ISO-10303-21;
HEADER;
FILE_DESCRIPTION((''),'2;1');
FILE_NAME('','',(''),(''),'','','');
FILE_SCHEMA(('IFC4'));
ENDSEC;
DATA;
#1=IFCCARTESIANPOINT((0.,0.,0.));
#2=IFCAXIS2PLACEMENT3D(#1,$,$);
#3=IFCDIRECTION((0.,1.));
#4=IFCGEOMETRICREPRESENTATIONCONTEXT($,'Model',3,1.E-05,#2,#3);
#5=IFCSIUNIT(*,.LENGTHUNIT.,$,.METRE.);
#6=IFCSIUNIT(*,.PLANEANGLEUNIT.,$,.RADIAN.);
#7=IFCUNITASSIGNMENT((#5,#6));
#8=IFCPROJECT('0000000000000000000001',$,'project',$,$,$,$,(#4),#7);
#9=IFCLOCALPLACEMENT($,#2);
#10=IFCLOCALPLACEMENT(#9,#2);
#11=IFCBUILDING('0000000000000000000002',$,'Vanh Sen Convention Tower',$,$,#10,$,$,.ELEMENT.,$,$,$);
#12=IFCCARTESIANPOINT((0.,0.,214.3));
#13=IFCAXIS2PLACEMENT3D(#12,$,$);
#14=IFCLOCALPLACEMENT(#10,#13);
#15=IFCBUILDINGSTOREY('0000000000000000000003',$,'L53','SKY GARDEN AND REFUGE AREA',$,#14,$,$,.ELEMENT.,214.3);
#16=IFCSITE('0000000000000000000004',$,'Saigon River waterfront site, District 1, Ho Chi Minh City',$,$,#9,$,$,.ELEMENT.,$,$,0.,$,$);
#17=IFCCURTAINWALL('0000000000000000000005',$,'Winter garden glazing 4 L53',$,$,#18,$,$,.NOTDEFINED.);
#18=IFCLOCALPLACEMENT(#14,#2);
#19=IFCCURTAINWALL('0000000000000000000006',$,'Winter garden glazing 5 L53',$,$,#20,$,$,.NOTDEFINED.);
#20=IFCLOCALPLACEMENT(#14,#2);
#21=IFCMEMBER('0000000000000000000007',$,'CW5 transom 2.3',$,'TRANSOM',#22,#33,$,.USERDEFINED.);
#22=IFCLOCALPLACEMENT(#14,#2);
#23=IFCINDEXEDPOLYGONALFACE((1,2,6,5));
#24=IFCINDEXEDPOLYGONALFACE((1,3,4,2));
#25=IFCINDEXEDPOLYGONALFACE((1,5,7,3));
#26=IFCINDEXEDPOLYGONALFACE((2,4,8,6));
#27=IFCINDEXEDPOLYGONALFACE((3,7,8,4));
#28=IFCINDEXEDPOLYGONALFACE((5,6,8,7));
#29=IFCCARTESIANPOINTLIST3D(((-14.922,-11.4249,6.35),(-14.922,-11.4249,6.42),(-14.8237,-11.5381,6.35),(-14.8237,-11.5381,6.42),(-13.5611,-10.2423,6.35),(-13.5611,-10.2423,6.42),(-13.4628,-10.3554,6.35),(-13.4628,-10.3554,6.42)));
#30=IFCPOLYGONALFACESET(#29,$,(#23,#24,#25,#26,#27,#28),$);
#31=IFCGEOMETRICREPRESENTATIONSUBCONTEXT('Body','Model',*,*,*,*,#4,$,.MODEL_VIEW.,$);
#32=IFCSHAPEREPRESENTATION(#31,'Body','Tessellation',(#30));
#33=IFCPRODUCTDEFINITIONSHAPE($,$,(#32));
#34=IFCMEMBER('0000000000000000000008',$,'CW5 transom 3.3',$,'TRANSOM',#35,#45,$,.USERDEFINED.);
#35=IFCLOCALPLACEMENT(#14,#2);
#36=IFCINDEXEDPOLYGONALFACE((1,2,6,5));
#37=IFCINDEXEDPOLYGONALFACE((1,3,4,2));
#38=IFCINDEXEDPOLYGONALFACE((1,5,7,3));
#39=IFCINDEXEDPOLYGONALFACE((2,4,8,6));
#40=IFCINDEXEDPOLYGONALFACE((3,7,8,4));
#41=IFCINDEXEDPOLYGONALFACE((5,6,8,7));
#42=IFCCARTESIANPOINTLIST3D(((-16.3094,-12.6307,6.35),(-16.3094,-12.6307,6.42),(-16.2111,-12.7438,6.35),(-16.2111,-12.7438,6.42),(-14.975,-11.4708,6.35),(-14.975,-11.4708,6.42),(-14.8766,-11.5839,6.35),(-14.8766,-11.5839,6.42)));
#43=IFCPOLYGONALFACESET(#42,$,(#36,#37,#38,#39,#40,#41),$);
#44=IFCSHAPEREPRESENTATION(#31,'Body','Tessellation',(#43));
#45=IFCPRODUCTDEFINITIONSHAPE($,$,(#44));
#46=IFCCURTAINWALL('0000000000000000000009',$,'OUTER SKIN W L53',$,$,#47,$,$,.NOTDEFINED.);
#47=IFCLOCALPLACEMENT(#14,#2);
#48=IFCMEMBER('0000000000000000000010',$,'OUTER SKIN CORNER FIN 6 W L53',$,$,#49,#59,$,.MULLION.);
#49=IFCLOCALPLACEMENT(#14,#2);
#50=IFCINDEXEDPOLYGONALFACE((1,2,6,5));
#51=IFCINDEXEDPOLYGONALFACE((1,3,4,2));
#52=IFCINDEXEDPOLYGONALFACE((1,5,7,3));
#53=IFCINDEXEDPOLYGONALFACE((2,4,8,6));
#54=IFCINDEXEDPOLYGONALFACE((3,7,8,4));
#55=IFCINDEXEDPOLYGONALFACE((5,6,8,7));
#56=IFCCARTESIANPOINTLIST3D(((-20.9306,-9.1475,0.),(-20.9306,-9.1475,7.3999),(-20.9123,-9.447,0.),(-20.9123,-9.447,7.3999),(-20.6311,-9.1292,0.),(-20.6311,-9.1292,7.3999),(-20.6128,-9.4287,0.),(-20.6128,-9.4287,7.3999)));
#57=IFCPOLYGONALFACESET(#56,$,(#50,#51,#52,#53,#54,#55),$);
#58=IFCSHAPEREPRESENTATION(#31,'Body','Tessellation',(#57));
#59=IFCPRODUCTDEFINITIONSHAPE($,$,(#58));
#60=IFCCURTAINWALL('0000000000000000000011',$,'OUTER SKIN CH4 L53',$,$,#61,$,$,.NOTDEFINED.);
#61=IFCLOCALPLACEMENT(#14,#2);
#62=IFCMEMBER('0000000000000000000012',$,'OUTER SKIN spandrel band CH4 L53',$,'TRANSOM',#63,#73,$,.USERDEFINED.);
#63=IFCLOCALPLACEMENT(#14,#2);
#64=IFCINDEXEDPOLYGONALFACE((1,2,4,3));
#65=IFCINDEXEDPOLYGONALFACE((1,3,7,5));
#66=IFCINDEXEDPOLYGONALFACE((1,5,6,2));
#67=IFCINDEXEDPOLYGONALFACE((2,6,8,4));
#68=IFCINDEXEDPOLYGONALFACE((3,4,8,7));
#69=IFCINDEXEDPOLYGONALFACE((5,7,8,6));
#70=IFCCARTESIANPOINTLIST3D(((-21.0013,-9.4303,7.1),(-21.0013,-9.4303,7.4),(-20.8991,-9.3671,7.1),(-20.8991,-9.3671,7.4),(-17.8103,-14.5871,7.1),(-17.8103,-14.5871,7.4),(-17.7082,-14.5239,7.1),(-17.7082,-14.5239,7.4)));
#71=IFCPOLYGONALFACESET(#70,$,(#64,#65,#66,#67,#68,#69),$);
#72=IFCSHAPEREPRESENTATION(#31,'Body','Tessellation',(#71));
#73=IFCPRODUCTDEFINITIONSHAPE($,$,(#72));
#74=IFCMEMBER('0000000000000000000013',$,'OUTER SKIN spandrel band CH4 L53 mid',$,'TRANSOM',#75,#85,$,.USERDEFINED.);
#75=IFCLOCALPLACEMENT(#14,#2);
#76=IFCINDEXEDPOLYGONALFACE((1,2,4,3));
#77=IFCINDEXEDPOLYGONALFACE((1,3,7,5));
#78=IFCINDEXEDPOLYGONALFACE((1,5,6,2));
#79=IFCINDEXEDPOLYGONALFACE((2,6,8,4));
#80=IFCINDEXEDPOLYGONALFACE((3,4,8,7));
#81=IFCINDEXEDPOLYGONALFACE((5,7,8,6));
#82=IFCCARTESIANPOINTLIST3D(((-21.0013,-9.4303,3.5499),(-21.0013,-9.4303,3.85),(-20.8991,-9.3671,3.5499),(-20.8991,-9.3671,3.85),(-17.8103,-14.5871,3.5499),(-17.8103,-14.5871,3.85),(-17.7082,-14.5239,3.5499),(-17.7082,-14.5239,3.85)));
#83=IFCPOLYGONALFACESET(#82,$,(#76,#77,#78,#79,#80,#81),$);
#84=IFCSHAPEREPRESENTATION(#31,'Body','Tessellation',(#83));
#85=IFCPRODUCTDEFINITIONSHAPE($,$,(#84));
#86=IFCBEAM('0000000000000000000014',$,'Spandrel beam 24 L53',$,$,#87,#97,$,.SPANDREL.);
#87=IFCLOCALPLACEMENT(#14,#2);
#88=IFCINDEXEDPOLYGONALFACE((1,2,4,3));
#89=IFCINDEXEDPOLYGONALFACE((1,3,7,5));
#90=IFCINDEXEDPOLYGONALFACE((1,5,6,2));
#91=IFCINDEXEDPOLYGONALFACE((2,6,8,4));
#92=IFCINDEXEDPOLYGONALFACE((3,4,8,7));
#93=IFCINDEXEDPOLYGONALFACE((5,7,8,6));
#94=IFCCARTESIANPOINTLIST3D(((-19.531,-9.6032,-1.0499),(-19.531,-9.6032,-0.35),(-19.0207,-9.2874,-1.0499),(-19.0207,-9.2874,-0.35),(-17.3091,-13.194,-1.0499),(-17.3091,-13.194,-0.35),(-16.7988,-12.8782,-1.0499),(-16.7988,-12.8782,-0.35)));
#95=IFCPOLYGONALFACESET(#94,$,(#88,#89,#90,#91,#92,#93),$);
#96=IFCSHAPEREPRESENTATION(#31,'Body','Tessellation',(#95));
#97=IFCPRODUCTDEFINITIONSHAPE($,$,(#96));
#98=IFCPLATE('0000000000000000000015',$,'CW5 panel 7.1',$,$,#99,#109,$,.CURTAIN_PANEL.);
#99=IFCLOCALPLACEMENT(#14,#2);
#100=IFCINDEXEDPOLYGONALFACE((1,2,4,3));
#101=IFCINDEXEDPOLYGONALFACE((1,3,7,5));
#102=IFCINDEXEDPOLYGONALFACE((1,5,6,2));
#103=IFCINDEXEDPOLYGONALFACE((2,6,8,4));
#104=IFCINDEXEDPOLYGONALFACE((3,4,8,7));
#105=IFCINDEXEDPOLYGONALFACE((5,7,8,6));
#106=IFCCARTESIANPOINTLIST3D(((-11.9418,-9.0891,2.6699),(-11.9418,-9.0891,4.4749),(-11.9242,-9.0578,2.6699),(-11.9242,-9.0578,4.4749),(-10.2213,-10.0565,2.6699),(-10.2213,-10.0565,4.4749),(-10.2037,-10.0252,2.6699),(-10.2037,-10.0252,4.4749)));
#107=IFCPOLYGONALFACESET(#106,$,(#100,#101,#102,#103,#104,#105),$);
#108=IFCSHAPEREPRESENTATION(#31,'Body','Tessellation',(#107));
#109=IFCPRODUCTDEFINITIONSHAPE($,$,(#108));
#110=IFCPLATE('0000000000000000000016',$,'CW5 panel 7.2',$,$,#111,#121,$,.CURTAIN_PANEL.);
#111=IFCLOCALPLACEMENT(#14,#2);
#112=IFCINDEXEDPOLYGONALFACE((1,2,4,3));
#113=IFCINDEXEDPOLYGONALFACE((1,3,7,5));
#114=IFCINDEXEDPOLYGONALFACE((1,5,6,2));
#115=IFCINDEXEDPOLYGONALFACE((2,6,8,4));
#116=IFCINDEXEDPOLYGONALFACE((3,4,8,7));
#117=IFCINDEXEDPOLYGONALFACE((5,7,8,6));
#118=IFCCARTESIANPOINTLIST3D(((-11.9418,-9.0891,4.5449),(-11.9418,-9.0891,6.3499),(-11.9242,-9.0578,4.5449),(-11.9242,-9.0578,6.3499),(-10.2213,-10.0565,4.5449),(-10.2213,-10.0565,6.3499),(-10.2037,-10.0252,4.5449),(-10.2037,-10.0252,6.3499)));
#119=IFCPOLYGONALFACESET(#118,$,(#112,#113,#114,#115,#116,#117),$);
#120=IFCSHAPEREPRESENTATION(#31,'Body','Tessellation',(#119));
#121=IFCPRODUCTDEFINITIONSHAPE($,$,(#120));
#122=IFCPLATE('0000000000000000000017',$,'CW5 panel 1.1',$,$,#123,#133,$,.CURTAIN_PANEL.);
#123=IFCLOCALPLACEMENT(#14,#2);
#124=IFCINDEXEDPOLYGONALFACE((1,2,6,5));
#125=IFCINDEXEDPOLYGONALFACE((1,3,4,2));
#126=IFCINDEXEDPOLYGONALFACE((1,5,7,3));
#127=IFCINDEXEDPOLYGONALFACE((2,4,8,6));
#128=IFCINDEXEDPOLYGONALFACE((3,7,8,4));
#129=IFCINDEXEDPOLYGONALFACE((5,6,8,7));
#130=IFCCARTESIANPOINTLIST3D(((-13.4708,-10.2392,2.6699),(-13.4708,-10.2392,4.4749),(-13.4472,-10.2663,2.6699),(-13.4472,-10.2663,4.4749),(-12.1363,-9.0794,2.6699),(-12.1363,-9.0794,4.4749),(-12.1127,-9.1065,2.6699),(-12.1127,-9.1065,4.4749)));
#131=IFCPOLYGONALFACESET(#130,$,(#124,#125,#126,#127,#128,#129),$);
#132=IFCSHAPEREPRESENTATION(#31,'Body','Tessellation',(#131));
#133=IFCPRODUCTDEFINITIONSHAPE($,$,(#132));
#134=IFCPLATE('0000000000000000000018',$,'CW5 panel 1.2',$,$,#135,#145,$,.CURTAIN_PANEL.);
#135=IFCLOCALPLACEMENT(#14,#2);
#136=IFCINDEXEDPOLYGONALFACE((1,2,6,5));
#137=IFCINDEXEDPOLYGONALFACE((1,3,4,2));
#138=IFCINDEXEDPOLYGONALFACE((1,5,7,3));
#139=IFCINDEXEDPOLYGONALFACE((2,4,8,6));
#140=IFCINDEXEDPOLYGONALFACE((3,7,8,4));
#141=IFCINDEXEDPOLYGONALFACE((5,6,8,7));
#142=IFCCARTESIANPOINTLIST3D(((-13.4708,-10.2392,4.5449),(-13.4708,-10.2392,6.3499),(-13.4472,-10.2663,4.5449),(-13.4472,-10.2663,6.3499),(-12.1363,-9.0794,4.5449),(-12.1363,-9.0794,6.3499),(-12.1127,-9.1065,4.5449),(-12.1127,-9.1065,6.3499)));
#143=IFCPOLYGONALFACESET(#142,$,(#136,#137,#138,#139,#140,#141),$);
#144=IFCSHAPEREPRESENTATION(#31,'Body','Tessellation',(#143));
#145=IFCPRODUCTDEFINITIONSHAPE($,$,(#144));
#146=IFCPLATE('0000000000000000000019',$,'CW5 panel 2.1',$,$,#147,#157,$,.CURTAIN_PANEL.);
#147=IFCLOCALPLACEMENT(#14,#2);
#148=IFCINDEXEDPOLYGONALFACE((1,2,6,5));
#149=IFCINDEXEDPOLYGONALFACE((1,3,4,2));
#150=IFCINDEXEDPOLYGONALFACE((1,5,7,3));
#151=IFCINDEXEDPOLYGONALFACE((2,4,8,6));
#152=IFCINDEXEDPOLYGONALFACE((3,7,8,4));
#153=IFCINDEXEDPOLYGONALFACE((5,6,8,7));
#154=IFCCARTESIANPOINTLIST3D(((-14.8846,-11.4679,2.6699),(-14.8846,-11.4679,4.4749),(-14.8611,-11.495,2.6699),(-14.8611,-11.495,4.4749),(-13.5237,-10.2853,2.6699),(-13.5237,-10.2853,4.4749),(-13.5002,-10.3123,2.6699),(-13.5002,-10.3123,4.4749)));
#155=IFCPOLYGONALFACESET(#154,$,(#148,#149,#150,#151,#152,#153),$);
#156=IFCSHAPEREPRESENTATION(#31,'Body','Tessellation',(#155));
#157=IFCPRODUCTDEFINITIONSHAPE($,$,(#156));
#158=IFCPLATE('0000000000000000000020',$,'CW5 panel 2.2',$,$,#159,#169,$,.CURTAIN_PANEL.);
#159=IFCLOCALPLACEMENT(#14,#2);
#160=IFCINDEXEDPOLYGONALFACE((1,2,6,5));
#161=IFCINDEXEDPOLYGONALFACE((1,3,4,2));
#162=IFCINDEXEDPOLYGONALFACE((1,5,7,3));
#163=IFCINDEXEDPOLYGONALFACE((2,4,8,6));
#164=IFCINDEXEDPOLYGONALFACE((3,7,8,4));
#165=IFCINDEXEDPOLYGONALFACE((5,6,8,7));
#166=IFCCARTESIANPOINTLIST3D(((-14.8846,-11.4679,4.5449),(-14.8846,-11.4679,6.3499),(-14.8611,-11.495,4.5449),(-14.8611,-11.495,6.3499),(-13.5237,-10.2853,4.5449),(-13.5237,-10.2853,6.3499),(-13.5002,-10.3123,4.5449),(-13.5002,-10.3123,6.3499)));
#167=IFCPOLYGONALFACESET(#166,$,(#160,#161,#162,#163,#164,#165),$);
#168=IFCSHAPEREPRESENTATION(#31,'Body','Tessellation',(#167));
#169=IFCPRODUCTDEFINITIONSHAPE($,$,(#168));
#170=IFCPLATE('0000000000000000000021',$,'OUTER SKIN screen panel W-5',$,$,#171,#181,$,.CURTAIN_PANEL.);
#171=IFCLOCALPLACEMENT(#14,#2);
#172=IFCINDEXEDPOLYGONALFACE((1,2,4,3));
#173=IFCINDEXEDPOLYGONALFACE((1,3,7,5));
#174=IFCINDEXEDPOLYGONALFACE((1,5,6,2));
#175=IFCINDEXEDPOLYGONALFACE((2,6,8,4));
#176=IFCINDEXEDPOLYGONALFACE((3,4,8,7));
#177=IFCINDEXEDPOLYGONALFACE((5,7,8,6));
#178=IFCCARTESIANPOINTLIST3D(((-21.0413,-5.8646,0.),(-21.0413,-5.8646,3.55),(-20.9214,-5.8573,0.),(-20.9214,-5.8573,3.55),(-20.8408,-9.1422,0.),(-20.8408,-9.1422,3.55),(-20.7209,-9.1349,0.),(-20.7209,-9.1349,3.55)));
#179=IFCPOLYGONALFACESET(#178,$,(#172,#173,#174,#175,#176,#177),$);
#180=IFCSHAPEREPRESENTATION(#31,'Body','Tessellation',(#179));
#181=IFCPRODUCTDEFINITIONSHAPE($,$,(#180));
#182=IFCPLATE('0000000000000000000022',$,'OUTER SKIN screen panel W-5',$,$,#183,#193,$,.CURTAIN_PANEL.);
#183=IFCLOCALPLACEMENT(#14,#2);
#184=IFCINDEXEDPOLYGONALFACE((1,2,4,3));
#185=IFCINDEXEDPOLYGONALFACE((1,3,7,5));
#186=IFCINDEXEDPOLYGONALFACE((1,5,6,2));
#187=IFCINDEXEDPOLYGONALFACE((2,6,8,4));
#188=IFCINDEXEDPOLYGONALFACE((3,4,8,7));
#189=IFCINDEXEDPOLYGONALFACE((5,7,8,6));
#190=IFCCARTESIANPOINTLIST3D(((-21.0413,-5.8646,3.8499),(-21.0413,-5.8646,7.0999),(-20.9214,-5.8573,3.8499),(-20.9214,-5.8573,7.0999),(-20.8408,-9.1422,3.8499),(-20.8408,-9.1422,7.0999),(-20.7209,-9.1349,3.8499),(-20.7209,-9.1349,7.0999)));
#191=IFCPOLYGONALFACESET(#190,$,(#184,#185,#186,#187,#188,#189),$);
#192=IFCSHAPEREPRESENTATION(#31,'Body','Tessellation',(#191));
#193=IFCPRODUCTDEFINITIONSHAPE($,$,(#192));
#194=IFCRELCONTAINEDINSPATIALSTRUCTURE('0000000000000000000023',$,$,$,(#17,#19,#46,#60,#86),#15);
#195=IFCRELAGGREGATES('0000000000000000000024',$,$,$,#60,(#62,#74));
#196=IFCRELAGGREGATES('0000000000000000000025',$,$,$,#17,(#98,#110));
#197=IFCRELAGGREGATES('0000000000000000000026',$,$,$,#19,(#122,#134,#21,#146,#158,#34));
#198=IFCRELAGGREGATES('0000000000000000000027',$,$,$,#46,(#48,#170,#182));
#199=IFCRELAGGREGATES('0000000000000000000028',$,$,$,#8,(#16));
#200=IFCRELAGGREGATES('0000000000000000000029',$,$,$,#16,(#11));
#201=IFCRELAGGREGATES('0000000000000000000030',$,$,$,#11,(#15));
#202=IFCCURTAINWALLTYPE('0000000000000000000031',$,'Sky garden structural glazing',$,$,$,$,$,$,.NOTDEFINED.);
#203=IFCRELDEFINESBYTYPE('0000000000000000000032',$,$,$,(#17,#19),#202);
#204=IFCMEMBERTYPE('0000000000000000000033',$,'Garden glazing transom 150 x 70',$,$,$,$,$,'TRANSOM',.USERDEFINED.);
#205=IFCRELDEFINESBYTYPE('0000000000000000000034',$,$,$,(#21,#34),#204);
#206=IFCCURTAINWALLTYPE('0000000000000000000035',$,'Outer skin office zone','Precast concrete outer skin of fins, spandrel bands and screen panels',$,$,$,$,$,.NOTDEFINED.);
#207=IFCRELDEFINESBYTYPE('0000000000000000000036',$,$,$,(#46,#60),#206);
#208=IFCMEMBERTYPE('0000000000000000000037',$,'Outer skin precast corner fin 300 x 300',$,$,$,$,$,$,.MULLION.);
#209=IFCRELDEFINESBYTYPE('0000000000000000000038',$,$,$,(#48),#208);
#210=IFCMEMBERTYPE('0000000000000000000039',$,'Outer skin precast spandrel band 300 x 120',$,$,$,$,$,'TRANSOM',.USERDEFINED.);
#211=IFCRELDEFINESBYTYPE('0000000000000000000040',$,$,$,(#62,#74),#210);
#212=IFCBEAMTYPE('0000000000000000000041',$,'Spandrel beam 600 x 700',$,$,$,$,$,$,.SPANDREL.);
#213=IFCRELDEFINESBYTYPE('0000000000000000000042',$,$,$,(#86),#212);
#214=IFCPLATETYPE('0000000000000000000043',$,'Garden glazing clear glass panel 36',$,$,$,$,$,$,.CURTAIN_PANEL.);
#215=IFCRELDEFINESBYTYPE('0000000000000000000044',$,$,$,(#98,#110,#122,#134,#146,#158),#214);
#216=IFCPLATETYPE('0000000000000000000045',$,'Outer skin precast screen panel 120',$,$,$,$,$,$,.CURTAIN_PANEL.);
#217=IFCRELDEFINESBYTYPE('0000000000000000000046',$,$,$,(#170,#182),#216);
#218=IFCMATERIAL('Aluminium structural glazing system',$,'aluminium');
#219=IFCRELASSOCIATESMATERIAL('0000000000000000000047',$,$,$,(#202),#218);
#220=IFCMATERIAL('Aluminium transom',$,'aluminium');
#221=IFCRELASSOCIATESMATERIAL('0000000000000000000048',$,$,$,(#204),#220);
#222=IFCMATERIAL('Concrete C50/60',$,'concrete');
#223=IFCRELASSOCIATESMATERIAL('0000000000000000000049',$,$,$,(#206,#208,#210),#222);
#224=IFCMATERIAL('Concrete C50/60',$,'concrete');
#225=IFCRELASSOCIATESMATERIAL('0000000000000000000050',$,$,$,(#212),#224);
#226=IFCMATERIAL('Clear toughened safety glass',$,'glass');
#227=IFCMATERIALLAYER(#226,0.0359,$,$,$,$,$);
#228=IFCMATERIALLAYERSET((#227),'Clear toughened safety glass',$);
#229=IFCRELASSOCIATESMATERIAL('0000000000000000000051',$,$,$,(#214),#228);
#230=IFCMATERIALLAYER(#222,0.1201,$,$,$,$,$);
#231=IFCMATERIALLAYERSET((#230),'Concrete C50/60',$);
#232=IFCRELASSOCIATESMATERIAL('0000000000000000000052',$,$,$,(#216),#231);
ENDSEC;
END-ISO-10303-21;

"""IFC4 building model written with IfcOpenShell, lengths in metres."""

from ifc_helpers import new_model, si_unit, direction, frame, origin, origin_2d, place, context, subcontext, project, spatial, rectangle, extrude, material, layer, layer_set, material_profile, profile_set, type_object, element, aggregate, save


model = new_model("IFC4")

# Units and contexts
model_context = context("Model", 3, precision=1e-05, world=origin(), true_north=direction((0.0, 1.0)))
body_context = subcontext(model_context, "Body", "Model", "MODEL_VIEW")
ifc_project = project(units=[si_unit("LENGTHUNIT", "METRE"), si_unit("PLANEANGLEUNIT", "RADIAN")], contexts=[model_context])

# Site, building, storey
site_placement = place(None, origin())
site = spatial("IfcSite", under=ifc_project, at=site_placement, Name="Saigon River waterfront site, District 1, Ho Chi Minh City", CompositionType="ELEMENT", RefElevation=0.0)
building_placement = place(site_placement, origin())
building = spatial("IfcBuilding", under=site, at=building_placement, Name="Vanh Sen Convention Tower", CompositionType="ELEMENT")
storey_placement = place(building_placement, frame((0.0, 0.0, 214.3)))
storey = spatial("IfcBuildingStorey", under=building, at=storey_placement, Name="L53", Description="SKY GARDEN AND REFUGE AREA", CompositionType="ELEMENT", Elevation=214.3)

# Curtain walls
ifc_material_1 = material(Name="Aluminium structural glazing system", Category="aluminium")
curtain_wall_type_1 = type_object("IfcCurtainWallType", Name="Sky garden structural glazing", PredefinedType="NOTDEFINED", material=ifc_material_1)
curtain_wall_1_placement = place(storey_placement, origin())
curtain_wall_1 = element("IfcCurtainWall", 1, at=curtain_wall_1_placement, inside=storey, type_object=curtain_wall_type_1, Name="Winter garden glazing 4 L53", PredefinedType="NOTDEFINED")
curtain_wall_2_placement = place(storey_placement, origin())
curtain_wall_2 = element("IfcCurtainWall", 2, at=curtain_wall_2_placement, inside=storey, type_object=curtain_wall_type_1, Name="Winter garden glazing 5 L53", PredefinedType="NOTDEFINED")

# Members
ifc_material_2 = material(Name="Aluminium transom", Category="aluminium")
ifc_material_profile_1 = material_profile(ifc_material_2, rectangle(XDim=0.1499, YDim=0.0701, at=origin_2d()), Name="Garden glazing transom 150 x 70")
ifc_profile_set_1 = profile_set([ifc_material_profile_1], Name="Aluminium transom")
member_type_1 = type_object("IfcMemberType", Name="Garden glazing transom 150 x 70", ElementType="TRANSOM", PredefinedType="USERDEFINED", material=ifc_profile_set_1)
member_1_placement = place(storey_placement, frame((-13.512, -10.2988, 6.385), z_axis=(-0.754804, -0.655951, 0.0), x_axis=(0.655951, -0.754804, 0.0)))
member_1 = element("IfcMember", 3, at=member_1_placement, type_object=member_type_1, Name="CW5 transom 2.3", ObjectType="TRANSOM", PredefinedType="USERDEFINED", context=body_context, shape_type="SweptSolid", body=[
    extrude(rectangle(XDim=0.1499, YDim=0.0701, at=origin_2d()), origin(), (0.0, 0.0, 1.0), 1.803),
])
member_2_placement = place(storey_placement, frame((-14.9258, -11.5273, 6.385), z_axis=(-0.754745, -0.656018, 0.0), x_axis=(0.656018, -0.754745, 0.0)))
member_2 = element("IfcMember", 4, at=member_2_placement, type_object=member_type_1, Name="CW5 transom 3.3", ObjectType="TRANSOM", PredefinedType="USERDEFINED", context=body_context, shape_type="SweptSolid", body=[
    extrude(rectangle(XDim=0.1499, YDim=0.0701, at=origin_2d()), origin(), (0.0, 0.0, 1.0), 1.7681),
])

# Curtain wall, member
ifc_material_3 = material(Name="Concrete C50/60", Category="concrete")
curtain_wall_type_2 = type_object("IfcCurtainWallType", Name="Outer skin office zone", Description="Precast concrete outer skin of fins, spandrel bands and screen panels", PredefinedType="NOTDEFINED", material=ifc_material_3)
curtain_wall_3_placement = place(storey_placement, origin())
curtain_wall_3 = element("IfcCurtainWall", 5, at=curtain_wall_3_placement, inside=storey, type_object=curtain_wall_type_2, Name="OUTER SKIN W L53", PredefinedType="NOTDEFINED")
ifc_material_profile_2 = material_profile(ifc_material_3, rectangle(XDim=0.3, YDim=0.3, at=origin_2d()), Name="Outer skin precast corner fin 300 x 300")
ifc_profile_set_2 = profile_set([ifc_material_profile_2], Name="Concrete C50/60")
member_type_2 = type_object("IfcMemberType", Name="Outer skin precast corner fin 300 x 300", PredefinedType="MULLION", material=ifc_profile_set_2)
member_3_placement = place(storey_placement, frame((-20.7717, -9.2881, 0.0), z_axis=(0.0, 0.0, 1.0), x_axis=(0.061049, -0.998135, 0.0)))
member_3 = element("IfcMember", 6, at=member_3_placement, type_object=member_type_2, Name="OUTER SKIN CORNER FIN 6 W L53", PredefinedType="MULLION", context=body_context, shape_type="SweptSolid", body=[
    extrude(rectangle(XDim=0.3, YDim=0.3, at=origin_2d()), origin(), (0.0, 0.0, 1.0), 7.3999),
])

# Curtain wall, members
curtain_wall_4_placement = place(storey_placement, origin())
curtain_wall_4 = element("IfcCurtainWall", 7, at=curtain_wall_4_placement, inside=storey, type_object=curtain_wall_type_2, Name="OUTER SKIN CH4 L53", PredefinedType="NOTDEFINED")
ifc_material_profile_3 = material_profile(ifc_material_3, rectangle(XDim=0.1201, YDim=0.3, at=origin_2d()), Name="Outer skin precast spandrel band 300 x 120")
ifc_profile_set_3 = profile_set([ifc_material_profile_3], Name="Concrete C50/60")
member_type_3 = type_object("IfcMemberType", Name="Outer skin precast spandrel band 300 x 120", ElementType="TRANSOM", PredefinedType="USERDEFINED", material=ifc_profile_set_3)
member_4_placement = place(storey_placement, frame((-20.9502, -9.3987, 7.25), z_axis=(0.526194, -0.850365, 0.0), x_axis=(0.850365, 0.526194, 0.0)))
member_4 = element("IfcMember", 8, at=member_4_placement, type_object=member_type_3, Name="OUTER SKIN spandrel band CH4 L53", ObjectType="TRANSOM", PredefinedType="USERDEFINED", context=body_context, shape_type="SweptSolid", body=[
    extrude(rectangle(XDim=0.1201, YDim=0.3, at=origin_2d()), origin(), (0.0, 0.0, 1.0), 6.0642),
])
member_5_placement = place(storey_placement, frame((-20.9502, -9.3987, 3.7), z_axis=(0.526194, -0.850365, 0.0), x_axis=(0.850365, 0.526194, 0.0)))
member_5 = element("IfcMember", 9, at=member_5_placement, type_object=member_type_3, Name="OUTER SKIN spandrel band CH4 L53 mid", ObjectType="TRANSOM", PredefinedType="USERDEFINED", context=body_context, shape_type="SweptSolid", body=[
    extrude(rectangle(XDim=0.1201, YDim=0.3, at=origin_2d()), origin(), (0.0, 0.0, 1.0), 6.0642),
])
aggregate(curtain_wall_4, [member_4, member_5])

# Beam
ifc_material_4 = material(Name="Concrete C50/60", Category="concrete")
ifc_material_profile_4 = material_profile(ifc_material_4, rectangle(XDim=0.6001, YDim=0.7, at=origin_2d()), Name="RC 600X700")
ifc_profile_set_4 = profile_set([ifc_material_profile_4], Name="Concrete C50/60")
beam_type = type_object("IfcBeamType", Name="Spandrel beam 600 x 700", PredefinedType="SPANDREL", material=ifc_profile_set_4)
beam_placement = place(storey_placement, frame((-19.2759, -9.4453, -0.7), z_axis=(0.526189, -0.850367, 0.0), x_axis=(0.850367, 0.526189, 0.0)))
element("IfcBeam", 10, at=beam_placement, inside=storey, type_object=beam_type, Name="Spandrel beam 24 L53", PredefinedType="SPANDREL", context=body_context, shape_type="SweptSolid", body=[
    extrude(rectangle(XDim=0.6001, YDim=0.7, at=origin_2d()), origin(), (0.0, 0.0, 1.0), 4.2227),
])

# Plates
ifc_material_5 = material(Name="Clear toughened safety glass", Category="glass")
ifc_layer_1 = layer(ifc_material_5, 0.0359)
ifc_layer_set_1 = layer_set([ifc_layer_1], Name="Clear toughened safety glass")
plate_type_1 = type_object("IfcPlateType", Name="Garden glazing clear glass panel 36", PredefinedType="CURTAIN_PANEL", material=ifc_layer_set_1)
plate_1_placement = place(storey_placement, frame((-11.0728, -9.5571, 2.6699), z_axis=(0.0, 0.0, 1.0), x_axis=(-0.871655, 0.49012, 0.0)))
plate_1 = element("IfcPlate", 11, at=plate_1_placement, type_object=plate_type_1, Name="CW5 panel 7.1", PredefinedType="CURTAIN_PANEL", context=body_context, shape_type="SweptSolid", body=[
    extrude(rectangle(XDim=1.9739, YDim=0.0359, at=origin_2d()), origin(), (0.0, 0.0, 1.0), 1.8049),
])
plate_2_placement = place(storey_placement, frame((-11.0728, -9.5571, 4.5449), z_axis=(0.0, 0.0, 1.0), x_axis=(-0.871655, 0.49012, 0.0)))
plate_2 = element("IfcPlate", 12, at=plate_2_placement, type_object=plate_type_1, Name="CW5 panel 7.2", PredefinedType="CURTAIN_PANEL", context=body_context, shape_type="SweptSolid", body=[
    extrude(rectangle(XDim=1.9739, YDim=0.0359, at=origin_2d()), origin(), (0.0, 0.0, 1.0), 1.8049),
])
aggregate(curtain_wall_1, [plate_1, plate_2])
plate_3_placement = place(storey_placement, frame((-12.7917, -9.6729, 2.6699), z_axis=(0.0, 0.0, 1.0), x_axis=(-0.754797, -0.655958, 0.0)))
plate_3 = element("IfcPlate", 13, at=plate_3_placement, type_object=plate_type_1, Name="CW5 panel 1.1", PredefinedType="CURTAIN_PANEL", context=body_context, shape_type="SweptSolid", body=[
    extrude(rectangle(XDim=1.7681, YDim=0.0359, at=origin_2d()), origin(), (0.0, 0.0, 1.0), 1.8049),
])
plate_4_placement = place(storey_placement, frame((-12.7917, -9.6729, 4.5449), z_axis=(0.0, 0.0, 1.0), x_axis=(-0.754797, -0.655958, 0.0)))
plate_4 = element("IfcPlate", 14, at=plate_4_placement, type_object=plate_type_1, Name="CW5 panel 1.2", PredefinedType="CURTAIN_PANEL", context=body_context, shape_type="SweptSolid", body=[
    extrude(rectangle(XDim=1.7681, YDim=0.0359, at=origin_2d()), origin(), (0.0, 0.0, 1.0), 1.8049),
])
plate_5_placement = place(storey_placement, frame((-14.1924, -10.8901, 2.6699), z_axis=(0.0, 0.0, 1.0), x_axis=(-0.754797, -0.655958, 0.0)))
plate_5 = element("IfcPlate", 15, at=plate_5_placement, type_object=plate_type_1, Name="CW5 panel 2.1", PredefinedType="CURTAIN_PANEL", context=body_context, shape_type="SweptSolid", body=[
    extrude(rectangle(XDim=1.803, YDim=0.0359, at=origin_2d()), origin(), (0.0, 0.0, 1.0), 1.8049),
])
plate_6_placement = place(storey_placement, frame((-14.1924, -10.8901, 4.5449), z_axis=(0.0, 0.0, 1.0), x_axis=(-0.754797, -0.655958, 0.0)))
plate_6 = element("IfcPlate", 16, at=plate_6_placement, type_object=plate_type_1, Name="CW5 panel 2.2", PredefinedType="CURTAIN_PANEL", context=body_context, shape_type="SweptSolid", body=[
    extrude(rectangle(XDim=1.803, YDim=0.0359, at=origin_2d()), origin(), (0.0, 0.0, 1.0), 1.8049),
])
aggregate(curtain_wall_2, [plate_3, plate_4, member_1, plate_5, plate_6, member_2])
ifc_layer_2 = layer(ifc_material_3, 0.1201)
ifc_layer_set_2 = layer_set([ifc_layer_2], Name="Concrete C50/60")
plate_type_2 = type_object("IfcPlateType", Name="Outer skin precast screen panel 120", PredefinedType="CURTAIN_PANEL", material=ifc_layer_set_2)
plate_7_placement = place(storey_placement, frame((-20.8811, -7.4998, 0.0), z_axis=(0.0, 0.0, 1.0), x_axis=(0.061069, -0.998134, 0.0)))
plate_7 = element("IfcPlate", 17, at=plate_7_placement, type_object=plate_type_2, Name="OUTER SKIN screen panel W-5", PredefinedType="CURTAIN_PANEL", context=body_context, shape_type="SweptSolid", body=[
    extrude(rectangle(XDim=3.2837, YDim=0.1201, at=origin_2d()), origin(), (0.0, 0.0, 1.0), 3.55),
])
plate_8_placement = place(storey_placement, frame((-20.8811, -7.4998, 3.8499), z_axis=(0.0, 0.0, 1.0), x_axis=(0.061069, -0.998134, 0.0)))
plate_8 = element("IfcPlate", 18, at=plate_8_placement, type_object=plate_type_2, Name="OUTER SKIN screen panel W-5", PredefinedType="CURTAIN_PANEL", context=body_context, shape_type="SweptSolid", body=[
    extrude(rectangle(XDim=3.2837, YDim=0.1201, at=origin_2d()), origin(), (0.0, 0.0, 1.0), 3.25),
])
aggregate(curtain_wall_3, [member_3, plate_7, plate_8])

save(model, "model.ifc")
